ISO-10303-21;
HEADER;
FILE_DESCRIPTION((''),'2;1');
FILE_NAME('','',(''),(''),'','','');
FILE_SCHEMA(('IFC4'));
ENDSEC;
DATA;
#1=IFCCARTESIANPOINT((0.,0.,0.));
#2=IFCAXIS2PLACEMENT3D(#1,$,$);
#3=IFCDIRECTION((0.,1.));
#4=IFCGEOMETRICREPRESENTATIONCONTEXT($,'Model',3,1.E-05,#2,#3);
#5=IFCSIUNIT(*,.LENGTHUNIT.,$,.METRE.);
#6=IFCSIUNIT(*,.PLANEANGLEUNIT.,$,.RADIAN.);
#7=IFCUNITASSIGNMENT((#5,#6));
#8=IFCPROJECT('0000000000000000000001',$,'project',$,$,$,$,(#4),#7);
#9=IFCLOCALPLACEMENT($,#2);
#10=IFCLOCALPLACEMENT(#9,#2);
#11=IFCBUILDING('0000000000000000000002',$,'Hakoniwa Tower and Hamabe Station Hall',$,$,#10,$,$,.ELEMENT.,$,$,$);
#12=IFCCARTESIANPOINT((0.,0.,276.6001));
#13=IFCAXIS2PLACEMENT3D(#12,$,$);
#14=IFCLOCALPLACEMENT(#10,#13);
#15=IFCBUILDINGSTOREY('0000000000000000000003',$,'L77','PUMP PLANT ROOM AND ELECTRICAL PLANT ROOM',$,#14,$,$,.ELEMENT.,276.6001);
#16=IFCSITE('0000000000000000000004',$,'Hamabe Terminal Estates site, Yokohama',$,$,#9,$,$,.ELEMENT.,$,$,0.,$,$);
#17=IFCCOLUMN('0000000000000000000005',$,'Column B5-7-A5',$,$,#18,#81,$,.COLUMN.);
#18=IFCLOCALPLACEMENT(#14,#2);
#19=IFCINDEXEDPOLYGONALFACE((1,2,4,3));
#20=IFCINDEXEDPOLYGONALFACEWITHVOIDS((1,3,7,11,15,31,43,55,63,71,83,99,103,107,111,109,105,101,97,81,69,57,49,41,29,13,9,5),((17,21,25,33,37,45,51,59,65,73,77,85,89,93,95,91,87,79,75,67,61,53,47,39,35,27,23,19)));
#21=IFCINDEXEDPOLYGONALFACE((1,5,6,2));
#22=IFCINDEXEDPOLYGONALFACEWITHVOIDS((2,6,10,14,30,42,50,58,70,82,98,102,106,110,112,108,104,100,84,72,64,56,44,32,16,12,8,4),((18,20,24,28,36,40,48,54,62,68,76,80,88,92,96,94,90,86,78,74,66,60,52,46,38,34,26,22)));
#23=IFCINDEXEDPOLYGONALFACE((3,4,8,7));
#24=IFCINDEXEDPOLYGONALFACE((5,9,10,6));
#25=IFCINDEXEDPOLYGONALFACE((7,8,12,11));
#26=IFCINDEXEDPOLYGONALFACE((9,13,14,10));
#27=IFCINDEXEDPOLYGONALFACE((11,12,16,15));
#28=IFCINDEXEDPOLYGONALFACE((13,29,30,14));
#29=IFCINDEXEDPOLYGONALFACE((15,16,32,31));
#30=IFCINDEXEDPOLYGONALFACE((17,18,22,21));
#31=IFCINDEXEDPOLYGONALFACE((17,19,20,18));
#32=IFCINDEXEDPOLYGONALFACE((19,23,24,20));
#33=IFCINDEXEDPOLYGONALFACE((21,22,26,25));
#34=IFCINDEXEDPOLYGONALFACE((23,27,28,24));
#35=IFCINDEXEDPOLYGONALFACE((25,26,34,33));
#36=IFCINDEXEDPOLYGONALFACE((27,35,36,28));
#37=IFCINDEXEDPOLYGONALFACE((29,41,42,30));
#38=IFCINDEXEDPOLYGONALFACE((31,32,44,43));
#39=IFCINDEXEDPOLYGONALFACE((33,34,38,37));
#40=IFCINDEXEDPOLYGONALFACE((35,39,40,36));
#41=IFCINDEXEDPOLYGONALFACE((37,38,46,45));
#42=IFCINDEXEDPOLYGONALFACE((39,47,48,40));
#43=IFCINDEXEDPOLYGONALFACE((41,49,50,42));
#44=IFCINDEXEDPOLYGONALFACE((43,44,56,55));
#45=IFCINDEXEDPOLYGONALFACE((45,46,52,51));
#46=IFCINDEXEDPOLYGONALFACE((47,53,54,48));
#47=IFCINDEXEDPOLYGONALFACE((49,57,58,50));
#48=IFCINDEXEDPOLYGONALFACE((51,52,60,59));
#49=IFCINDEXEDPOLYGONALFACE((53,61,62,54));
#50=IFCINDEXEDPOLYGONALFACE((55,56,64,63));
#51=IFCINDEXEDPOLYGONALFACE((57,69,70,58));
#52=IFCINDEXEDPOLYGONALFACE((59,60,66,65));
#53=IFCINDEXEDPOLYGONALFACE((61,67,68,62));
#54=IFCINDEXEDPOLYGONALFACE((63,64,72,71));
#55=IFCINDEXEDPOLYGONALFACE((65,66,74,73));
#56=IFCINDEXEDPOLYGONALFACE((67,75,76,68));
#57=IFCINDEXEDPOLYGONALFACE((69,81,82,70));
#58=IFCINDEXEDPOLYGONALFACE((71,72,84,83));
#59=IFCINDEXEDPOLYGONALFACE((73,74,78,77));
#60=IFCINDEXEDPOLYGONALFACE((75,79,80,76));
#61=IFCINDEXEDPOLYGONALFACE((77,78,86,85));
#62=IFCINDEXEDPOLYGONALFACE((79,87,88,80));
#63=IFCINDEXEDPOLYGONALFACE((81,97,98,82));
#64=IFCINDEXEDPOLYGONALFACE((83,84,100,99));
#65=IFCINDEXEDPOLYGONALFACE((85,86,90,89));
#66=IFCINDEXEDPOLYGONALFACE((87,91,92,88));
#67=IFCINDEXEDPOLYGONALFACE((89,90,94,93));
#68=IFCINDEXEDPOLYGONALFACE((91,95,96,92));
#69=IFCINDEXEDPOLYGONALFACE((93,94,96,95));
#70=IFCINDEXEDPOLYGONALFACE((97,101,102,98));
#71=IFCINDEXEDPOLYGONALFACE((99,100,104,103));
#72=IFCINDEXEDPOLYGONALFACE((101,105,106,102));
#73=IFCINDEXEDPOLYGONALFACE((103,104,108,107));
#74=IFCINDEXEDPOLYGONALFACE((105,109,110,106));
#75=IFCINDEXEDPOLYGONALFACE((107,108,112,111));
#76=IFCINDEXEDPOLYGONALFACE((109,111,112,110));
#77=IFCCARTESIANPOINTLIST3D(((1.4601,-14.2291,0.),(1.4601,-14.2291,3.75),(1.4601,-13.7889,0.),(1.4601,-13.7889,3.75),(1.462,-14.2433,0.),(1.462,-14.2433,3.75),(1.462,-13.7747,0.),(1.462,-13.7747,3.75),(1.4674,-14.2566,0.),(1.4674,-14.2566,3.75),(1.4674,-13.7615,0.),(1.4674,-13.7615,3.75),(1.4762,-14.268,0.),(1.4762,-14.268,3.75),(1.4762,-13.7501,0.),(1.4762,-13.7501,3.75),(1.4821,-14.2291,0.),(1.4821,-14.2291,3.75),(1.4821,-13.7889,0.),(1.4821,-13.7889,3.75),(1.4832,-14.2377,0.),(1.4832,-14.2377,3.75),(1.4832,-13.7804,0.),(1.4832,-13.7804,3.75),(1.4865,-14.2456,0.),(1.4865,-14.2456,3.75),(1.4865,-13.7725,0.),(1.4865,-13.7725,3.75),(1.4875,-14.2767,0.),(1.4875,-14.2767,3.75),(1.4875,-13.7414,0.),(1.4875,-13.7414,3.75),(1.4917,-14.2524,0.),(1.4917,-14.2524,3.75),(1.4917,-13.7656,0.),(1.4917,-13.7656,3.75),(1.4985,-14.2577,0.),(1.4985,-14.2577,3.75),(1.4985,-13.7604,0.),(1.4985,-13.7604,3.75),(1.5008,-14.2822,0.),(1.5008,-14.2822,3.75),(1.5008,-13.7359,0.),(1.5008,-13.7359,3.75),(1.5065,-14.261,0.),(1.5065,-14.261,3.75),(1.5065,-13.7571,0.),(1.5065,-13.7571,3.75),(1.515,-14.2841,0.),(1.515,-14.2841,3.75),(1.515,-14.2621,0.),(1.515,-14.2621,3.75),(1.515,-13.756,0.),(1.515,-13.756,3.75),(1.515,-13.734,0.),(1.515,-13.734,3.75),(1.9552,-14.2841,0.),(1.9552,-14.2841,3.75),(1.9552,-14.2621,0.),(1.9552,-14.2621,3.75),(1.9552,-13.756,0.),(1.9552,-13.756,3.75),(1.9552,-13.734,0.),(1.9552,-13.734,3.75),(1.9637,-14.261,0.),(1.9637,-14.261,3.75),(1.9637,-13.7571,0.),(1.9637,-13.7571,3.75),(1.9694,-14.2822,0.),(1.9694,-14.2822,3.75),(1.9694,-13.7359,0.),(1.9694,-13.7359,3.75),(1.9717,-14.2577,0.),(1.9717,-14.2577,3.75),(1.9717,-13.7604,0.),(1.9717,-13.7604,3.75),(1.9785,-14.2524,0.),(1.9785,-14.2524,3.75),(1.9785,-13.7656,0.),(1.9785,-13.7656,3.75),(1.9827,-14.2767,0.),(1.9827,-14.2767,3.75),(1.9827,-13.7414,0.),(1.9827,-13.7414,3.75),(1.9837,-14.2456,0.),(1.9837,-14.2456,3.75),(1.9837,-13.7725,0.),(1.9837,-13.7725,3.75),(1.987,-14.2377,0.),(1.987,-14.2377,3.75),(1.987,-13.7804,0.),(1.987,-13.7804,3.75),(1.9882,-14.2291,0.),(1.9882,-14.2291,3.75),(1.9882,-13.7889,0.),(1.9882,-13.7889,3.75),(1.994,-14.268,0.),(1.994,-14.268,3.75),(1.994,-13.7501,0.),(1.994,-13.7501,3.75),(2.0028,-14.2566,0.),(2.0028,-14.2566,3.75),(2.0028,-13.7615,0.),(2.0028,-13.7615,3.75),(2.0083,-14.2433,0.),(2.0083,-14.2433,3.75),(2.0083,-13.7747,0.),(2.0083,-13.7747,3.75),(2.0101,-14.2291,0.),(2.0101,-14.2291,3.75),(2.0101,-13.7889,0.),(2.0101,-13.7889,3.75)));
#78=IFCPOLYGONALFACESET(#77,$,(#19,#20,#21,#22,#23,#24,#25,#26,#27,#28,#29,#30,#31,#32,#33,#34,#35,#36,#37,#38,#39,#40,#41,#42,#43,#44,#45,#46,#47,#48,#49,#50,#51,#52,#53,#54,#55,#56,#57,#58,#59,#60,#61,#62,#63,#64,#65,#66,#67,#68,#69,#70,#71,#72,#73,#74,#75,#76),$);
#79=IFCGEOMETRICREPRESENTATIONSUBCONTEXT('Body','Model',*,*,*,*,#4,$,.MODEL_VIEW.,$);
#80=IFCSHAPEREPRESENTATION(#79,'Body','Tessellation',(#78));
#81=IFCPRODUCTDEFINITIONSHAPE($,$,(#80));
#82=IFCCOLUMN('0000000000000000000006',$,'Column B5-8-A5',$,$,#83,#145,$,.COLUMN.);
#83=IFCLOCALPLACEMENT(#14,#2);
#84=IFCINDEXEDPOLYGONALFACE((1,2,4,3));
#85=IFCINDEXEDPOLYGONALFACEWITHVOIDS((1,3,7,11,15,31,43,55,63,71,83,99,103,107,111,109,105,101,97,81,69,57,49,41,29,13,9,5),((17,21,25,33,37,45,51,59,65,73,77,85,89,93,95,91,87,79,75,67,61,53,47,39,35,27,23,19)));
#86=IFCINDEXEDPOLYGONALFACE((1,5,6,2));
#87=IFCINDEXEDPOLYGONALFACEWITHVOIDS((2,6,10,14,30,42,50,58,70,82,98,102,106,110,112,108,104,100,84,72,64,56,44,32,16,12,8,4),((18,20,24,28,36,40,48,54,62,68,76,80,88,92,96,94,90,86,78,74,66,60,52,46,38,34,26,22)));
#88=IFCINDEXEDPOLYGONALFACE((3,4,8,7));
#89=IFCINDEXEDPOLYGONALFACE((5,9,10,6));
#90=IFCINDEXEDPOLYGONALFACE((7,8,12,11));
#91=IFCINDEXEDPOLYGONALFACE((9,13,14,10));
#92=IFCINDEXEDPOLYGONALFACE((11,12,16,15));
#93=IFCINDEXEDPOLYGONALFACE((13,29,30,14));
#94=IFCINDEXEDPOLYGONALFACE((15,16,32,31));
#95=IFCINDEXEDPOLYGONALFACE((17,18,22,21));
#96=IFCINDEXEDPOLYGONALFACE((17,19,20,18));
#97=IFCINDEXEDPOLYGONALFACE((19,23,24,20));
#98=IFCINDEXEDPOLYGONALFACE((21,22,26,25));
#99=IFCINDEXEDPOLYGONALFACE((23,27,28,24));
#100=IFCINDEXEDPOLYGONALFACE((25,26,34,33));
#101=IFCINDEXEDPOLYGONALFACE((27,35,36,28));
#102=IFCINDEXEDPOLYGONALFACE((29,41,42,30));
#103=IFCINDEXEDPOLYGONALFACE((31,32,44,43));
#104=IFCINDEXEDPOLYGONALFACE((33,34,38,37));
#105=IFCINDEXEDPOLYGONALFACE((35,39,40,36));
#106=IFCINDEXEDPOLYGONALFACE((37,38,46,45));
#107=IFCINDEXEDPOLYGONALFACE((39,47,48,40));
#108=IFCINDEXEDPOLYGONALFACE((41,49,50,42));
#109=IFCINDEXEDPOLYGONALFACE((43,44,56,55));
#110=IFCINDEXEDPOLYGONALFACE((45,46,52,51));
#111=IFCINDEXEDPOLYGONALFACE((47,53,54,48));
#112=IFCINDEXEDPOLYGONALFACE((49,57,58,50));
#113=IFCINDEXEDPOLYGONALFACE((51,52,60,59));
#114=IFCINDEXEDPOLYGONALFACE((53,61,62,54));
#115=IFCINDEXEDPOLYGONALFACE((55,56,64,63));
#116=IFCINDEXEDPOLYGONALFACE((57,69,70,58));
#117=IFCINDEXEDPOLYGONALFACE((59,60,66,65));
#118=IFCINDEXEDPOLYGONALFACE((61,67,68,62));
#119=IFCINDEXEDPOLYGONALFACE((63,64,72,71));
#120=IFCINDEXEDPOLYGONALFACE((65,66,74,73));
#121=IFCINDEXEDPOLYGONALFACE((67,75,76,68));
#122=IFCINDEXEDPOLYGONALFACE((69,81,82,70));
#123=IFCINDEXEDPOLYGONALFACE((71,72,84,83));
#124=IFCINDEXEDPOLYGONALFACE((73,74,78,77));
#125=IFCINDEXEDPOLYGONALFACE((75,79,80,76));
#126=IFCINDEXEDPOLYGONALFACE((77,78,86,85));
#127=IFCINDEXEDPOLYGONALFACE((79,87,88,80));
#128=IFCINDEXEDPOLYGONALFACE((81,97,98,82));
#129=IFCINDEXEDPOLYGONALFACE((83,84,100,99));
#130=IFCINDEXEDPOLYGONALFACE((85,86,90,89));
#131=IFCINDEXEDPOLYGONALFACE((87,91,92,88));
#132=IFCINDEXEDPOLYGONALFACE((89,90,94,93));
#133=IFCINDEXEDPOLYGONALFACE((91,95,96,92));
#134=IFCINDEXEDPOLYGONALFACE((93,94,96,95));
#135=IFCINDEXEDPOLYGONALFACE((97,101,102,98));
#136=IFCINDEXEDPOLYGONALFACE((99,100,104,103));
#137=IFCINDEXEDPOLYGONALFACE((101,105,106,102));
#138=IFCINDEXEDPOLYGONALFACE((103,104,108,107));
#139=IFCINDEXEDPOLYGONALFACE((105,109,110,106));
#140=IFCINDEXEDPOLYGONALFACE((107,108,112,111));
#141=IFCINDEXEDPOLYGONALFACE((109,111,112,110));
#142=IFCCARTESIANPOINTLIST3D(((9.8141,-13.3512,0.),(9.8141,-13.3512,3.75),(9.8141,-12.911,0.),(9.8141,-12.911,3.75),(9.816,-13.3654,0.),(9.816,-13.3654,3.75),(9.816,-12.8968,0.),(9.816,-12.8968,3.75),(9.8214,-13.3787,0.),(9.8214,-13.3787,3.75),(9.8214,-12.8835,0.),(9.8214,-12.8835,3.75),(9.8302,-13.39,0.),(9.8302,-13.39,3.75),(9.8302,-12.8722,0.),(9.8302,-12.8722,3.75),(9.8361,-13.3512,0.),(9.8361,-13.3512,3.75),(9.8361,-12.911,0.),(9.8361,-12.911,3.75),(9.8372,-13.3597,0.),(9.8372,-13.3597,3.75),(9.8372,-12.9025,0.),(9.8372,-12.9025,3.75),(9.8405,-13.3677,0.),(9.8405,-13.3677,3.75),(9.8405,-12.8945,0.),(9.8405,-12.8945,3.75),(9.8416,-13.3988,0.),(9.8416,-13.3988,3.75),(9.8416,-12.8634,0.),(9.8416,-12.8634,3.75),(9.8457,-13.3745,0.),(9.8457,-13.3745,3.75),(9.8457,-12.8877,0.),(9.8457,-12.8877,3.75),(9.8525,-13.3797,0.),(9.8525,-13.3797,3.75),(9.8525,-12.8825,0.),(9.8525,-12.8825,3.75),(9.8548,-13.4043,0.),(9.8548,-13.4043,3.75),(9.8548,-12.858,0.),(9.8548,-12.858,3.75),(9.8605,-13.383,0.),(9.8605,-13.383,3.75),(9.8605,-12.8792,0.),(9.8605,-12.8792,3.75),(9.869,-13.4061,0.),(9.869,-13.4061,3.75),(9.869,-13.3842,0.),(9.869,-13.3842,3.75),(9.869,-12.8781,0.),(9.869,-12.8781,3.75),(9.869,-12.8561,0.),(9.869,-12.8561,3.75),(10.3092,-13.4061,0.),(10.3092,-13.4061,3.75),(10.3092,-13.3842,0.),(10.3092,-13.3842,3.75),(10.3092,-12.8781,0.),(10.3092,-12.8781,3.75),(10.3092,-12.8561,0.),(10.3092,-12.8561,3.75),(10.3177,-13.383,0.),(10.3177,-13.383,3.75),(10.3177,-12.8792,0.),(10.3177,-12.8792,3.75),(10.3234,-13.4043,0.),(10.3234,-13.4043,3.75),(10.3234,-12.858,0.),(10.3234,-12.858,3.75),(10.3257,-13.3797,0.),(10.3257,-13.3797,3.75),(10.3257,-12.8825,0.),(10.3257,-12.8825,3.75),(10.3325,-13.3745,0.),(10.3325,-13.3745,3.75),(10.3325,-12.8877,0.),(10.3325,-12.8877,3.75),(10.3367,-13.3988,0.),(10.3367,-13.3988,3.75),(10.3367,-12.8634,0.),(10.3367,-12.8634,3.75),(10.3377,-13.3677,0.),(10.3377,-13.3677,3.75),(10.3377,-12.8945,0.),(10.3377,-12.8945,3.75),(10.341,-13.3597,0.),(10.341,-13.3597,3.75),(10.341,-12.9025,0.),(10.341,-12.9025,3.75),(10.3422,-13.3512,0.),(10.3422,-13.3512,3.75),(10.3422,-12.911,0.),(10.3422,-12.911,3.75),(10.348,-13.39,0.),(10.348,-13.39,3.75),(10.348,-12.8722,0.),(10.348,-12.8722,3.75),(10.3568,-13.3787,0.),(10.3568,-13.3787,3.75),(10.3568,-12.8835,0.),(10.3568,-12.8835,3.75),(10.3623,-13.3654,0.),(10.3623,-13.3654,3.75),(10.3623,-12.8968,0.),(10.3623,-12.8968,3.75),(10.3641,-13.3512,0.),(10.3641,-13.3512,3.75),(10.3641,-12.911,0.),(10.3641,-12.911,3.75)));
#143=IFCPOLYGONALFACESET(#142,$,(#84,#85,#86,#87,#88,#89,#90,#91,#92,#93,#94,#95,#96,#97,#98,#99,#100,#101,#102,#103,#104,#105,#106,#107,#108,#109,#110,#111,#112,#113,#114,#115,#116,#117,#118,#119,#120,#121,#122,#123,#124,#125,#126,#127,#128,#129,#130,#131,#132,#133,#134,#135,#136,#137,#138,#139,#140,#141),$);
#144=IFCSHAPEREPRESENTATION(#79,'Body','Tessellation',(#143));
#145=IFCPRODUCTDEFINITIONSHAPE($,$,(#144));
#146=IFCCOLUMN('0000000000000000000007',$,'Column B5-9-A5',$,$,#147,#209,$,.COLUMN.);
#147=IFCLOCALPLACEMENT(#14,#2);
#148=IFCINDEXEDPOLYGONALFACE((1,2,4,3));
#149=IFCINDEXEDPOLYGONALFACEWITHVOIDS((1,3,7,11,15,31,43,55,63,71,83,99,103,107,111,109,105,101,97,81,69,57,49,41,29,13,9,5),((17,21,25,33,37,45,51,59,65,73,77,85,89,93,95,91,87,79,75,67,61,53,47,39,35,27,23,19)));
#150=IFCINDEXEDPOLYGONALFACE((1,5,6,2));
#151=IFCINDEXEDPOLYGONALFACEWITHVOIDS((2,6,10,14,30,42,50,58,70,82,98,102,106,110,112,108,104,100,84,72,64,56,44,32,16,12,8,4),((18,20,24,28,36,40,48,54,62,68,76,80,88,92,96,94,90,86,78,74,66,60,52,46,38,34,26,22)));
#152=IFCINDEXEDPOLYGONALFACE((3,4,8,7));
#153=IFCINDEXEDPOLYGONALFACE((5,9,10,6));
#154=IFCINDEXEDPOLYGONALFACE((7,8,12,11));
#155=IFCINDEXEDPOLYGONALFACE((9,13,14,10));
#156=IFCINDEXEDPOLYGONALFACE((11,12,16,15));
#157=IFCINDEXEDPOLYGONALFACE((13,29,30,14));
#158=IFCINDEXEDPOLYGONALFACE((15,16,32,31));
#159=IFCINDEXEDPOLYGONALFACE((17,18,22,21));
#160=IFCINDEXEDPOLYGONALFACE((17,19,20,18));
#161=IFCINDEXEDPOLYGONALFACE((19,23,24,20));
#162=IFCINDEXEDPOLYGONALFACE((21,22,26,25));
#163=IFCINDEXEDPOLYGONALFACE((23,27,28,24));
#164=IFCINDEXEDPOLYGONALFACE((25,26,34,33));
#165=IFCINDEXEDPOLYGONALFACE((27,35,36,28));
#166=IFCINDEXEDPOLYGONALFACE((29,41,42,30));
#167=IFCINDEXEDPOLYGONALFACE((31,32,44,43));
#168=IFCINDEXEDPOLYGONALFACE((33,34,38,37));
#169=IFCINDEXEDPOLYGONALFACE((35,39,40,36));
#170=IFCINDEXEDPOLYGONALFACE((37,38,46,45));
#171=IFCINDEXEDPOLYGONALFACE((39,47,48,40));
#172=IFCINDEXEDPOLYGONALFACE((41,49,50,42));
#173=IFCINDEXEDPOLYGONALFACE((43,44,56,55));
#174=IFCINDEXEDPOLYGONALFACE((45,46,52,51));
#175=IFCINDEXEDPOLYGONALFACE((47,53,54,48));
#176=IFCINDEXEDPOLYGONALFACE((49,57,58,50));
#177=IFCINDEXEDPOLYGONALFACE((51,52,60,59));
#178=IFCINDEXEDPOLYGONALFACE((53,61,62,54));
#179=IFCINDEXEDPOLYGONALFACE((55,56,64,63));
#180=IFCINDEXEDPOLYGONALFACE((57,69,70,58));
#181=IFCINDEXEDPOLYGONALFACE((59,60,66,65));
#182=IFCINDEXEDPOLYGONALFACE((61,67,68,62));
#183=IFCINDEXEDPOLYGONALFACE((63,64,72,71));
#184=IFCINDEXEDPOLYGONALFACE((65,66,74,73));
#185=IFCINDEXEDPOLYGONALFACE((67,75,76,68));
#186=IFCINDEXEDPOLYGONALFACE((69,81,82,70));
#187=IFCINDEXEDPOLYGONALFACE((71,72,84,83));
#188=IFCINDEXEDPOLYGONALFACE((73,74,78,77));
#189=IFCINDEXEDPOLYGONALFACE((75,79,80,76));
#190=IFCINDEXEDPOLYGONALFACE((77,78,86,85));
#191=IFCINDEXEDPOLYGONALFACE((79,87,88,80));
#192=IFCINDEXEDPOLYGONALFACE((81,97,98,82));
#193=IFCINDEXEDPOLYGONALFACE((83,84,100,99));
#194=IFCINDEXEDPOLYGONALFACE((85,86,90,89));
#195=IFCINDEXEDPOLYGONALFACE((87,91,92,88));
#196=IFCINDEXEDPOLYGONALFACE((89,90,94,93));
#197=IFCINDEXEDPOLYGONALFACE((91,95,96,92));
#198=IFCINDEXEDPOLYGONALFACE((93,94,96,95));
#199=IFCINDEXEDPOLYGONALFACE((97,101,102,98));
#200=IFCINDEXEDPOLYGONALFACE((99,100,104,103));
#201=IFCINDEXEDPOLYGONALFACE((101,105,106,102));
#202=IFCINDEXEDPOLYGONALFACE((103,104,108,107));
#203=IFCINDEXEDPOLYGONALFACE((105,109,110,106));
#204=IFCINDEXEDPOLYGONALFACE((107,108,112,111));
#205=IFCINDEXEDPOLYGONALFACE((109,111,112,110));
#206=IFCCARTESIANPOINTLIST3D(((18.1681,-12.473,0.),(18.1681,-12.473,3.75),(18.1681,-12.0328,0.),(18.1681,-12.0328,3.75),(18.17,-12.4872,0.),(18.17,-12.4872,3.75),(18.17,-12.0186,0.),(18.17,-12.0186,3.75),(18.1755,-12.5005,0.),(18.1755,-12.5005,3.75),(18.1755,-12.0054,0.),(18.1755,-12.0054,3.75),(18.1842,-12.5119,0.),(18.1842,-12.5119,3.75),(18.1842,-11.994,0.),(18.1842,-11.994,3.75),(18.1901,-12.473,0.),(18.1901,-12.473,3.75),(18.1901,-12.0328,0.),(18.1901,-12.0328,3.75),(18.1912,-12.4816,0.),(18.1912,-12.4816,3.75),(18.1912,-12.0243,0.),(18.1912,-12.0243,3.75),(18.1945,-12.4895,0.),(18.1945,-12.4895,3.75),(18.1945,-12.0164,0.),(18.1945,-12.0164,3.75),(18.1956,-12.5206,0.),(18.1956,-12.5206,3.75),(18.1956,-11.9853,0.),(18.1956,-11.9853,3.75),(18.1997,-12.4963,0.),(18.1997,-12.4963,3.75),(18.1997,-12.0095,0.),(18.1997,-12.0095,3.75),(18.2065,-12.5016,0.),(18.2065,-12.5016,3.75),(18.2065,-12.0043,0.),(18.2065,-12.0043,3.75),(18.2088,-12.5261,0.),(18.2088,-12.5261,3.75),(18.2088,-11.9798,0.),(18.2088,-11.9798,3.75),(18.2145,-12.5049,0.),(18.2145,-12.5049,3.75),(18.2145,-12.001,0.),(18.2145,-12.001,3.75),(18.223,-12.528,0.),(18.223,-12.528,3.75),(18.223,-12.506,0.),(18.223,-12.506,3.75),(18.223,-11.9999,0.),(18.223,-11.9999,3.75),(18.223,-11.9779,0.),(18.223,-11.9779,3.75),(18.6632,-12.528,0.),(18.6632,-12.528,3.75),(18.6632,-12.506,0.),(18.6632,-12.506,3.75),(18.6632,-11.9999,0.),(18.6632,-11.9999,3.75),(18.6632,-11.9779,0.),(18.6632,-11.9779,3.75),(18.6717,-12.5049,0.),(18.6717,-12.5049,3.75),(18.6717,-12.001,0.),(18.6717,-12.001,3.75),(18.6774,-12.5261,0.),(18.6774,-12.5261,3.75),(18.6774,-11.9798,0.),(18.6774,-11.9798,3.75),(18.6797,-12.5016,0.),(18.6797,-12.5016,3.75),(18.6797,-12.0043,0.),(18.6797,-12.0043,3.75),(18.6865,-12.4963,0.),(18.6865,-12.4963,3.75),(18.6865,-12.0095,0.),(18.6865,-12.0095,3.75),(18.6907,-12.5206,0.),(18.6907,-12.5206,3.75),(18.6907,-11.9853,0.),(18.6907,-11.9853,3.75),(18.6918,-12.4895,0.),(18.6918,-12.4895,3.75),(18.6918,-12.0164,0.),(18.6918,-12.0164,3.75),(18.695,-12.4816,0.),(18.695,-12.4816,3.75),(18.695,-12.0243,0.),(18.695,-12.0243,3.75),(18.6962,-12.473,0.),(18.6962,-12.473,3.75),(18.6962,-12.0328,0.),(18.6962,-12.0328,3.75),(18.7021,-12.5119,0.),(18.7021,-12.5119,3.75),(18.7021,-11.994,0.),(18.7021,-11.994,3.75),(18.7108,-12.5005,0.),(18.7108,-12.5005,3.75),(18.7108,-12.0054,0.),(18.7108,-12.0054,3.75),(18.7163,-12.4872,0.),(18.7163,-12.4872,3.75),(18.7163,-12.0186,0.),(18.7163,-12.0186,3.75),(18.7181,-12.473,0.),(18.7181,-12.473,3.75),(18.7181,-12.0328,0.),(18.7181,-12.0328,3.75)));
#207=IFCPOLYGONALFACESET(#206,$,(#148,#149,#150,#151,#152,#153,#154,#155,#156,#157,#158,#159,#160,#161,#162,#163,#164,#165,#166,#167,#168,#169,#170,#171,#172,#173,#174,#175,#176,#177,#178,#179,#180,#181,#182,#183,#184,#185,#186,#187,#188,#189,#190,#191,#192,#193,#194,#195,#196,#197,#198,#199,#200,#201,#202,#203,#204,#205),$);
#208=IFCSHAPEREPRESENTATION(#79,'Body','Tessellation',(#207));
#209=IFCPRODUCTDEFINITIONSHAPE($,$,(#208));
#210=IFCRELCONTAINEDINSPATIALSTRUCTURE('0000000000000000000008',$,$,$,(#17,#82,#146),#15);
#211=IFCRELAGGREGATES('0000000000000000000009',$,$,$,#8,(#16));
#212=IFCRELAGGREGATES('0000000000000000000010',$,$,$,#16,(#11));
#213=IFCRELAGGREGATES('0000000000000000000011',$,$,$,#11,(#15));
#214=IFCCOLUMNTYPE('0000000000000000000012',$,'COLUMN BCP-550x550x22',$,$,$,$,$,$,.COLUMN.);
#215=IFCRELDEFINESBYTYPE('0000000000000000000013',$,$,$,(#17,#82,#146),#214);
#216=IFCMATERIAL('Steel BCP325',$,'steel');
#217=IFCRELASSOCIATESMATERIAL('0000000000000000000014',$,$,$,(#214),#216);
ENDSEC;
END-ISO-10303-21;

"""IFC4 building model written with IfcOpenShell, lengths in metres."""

from ifc_helpers import new_model, si_unit, direction, frame, origin, origin_2d, place, context, subcontext, project, spatial, hollow_rectangle, extrude, material, material_profile, profile_set, type_object, element, save


model = new_model("IFC4")

# Units and contexts
model_context = context("Model", 3, precision=1e-05, world=origin(), true_north=direction((0.0, 1.0)))
body_context = subcontext(model_context, "Body", "Model", "MODEL_VIEW")
ifc_project = project(units=[si_unit("LENGTHUNIT", "METRE"), si_unit("PLANEANGLEUNIT", "RADIAN")], contexts=[model_context])

# Site, building, storey
site_placement = place(None, origin())
site = spatial("IfcSite", under=ifc_project, at=site_placement, Name="Hamabe Terminal Estates site, Yokohama", CompositionType="ELEMENT", RefElevation=0.0)
building_placement = place(site_placement, origin())
building = spatial("IfcBuilding", under=site, at=building_placement, Name="Hakoniwa Tower and Hamabe Station Hall", CompositionType="ELEMENT")
storey_placement = place(building_placement, frame((0.0, 0.0, 276.6001)))
storey = spatial("IfcBuildingStorey", under=building, at=storey_placement, Name="L77", Description="PUMP PLANT ROOM AND ELECTRICAL PLANT ROOM", CompositionType="ELEMENT", Elevation=276.6001)

# Columns
ifc_material_1 = material(Name="Steel BCP325", Category="steel")
ifc_material_profile_1 = material_profile(ifc_material_1, hollow_rectangle(XDim=0.55, YDim=0.55, WallThickness=0.022, InnerFilletRadius=0.033, OuterFilletRadius=0.0549, at=origin_2d()), Name="BCP-550x550x22")
ifc_profile_set_1 = profile_set([ifc_material_profile_1], Name="Steel BCP325")
column_type = type_object("IfcColumnType", Name="COLUMN BCP-550x550x22", PredefinedType="COLUMN", material=ifc_profile_set_1)
for number, where, z_axis, x_axis, name in (
    (1, (1.7351, -14.009, 0.0), (0.0, 0.0, 1.0), (1.0, 0.0, 0.0), "Column B5-7-A5"),
    (2, (10.0891, -13.1311, 0.0), (0.0, 0.0, 1.0), (1.0, 0.0, 0.0), "Column B5-8-A5"),
    (3, (18.4431, -12.2529, 0.0), (0.0, 0.0, 1.0), (1.0, 0.0, 0.0), "Column B5-9-A5"),
):
    element("IfcColumn", number, at=place(storey_placement, frame(where, z_axis=z_axis, x_axis=x_axis)), inside=storey, type_object=column_type, Name=name, PredefinedType="COLUMN", context=body_context, shape_type="SweptSolid", body=[
        extrude(hollow_rectangle(XDim=0.55, YDim=0.55, WallThickness=0.022, InnerFilletRadius=0.033, OuterFilletRadius=0.0549, at=origin_2d()), origin(), (0.0, 0.0, 1.0), 3.75),
    ])

save(model, "model.ifc")
